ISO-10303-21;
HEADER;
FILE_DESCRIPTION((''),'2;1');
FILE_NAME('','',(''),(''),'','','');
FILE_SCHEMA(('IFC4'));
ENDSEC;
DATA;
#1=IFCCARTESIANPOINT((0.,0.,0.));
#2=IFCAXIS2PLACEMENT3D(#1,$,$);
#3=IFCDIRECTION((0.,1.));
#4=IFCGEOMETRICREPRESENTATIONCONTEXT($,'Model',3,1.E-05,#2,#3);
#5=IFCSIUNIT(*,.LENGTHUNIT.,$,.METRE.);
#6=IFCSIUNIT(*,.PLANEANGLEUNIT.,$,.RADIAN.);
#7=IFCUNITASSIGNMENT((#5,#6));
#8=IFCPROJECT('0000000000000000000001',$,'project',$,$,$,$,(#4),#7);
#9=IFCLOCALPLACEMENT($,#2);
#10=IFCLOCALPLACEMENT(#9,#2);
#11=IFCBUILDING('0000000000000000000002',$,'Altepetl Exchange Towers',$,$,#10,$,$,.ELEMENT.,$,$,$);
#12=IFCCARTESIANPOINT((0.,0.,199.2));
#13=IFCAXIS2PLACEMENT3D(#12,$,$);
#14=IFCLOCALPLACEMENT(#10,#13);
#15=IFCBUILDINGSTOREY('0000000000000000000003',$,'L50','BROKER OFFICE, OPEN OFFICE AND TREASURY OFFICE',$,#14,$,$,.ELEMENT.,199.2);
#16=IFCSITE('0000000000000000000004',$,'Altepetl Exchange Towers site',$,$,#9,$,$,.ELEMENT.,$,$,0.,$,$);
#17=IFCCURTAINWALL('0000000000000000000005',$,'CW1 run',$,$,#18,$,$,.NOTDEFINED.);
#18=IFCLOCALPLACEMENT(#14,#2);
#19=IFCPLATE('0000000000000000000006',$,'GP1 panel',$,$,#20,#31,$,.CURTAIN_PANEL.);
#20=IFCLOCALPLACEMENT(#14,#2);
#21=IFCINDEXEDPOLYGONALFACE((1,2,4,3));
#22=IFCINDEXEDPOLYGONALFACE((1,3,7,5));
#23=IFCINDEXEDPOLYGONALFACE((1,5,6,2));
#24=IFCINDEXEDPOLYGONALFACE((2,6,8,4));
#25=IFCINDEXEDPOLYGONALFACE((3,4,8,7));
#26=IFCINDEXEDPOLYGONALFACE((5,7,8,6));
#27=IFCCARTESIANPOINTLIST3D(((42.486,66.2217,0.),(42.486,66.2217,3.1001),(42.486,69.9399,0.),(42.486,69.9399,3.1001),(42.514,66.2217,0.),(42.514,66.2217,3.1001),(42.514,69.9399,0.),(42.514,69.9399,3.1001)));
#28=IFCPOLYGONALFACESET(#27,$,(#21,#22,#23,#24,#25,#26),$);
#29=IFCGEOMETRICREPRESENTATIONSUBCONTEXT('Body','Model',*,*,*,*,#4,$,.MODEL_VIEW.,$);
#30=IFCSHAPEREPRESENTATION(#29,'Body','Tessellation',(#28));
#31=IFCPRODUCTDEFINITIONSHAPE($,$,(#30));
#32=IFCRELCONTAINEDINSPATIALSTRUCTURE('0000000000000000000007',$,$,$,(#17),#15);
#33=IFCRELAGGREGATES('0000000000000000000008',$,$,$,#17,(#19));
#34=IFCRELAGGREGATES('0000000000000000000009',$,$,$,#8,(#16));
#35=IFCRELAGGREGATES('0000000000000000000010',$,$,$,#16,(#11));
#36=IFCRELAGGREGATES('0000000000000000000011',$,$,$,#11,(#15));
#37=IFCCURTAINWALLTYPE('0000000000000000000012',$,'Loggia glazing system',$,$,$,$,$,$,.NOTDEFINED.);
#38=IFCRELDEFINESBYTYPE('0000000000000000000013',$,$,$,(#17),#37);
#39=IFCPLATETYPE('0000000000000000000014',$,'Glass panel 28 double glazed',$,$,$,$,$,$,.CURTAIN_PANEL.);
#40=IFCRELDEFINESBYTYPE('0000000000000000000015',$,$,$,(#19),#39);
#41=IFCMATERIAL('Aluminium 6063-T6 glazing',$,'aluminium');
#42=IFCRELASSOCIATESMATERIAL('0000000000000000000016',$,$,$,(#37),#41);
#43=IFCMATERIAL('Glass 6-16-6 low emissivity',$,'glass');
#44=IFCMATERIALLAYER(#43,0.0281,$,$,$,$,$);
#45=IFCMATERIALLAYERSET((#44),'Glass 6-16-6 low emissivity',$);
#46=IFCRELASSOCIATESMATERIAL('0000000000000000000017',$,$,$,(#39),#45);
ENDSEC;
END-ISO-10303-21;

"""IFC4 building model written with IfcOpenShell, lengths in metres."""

from ifc_helpers import new_model, si_unit, direction, frame, origin, origin_2d, place, context, subcontext, project, spatial, rectangle, extrude, material, layer, layer_set, type_object, element, aggregate, save


model = new_model("IFC4")

# Units and contexts
model_context = context("Model", 3, precision=1e-05, world=origin(), true_north=direction((0.0, 1.0)))
body_context = subcontext(model_context, "Body", "Model", "MODEL_VIEW")
ifc_project = project(units=[si_unit("LENGTHUNIT", "METRE"), si_unit("PLANEANGLEUNIT", "RADIAN")], contexts=[model_context])

# Site, building, storey
site_placement = place(None, origin())
site = spatial("IfcSite", under=ifc_project, at=site_placement, Name="Altepetl Exchange Towers site", CompositionType="ELEMENT", RefElevation=0.0)
building_placement = place(site_placement, origin())
building = spatial("IfcBuilding", under=site, at=building_placement, Name="Altepetl Exchange Towers", CompositionType="ELEMENT")
storey_placement = place(building_placement, frame((0.0, 0.0, 199.2)))
storey = spatial("IfcBuildingStorey", under=building, at=storey_placement, Name="L50", Description="BROKER OFFICE, OPEN OFFICE AND TREASURY OFFICE", CompositionType="ELEMENT", Elevation=199.2)

# Curtain wall
ifc_material_1 = material(Name="Aluminium 6063-T6 glazing", Category="aluminium")
curtain_wall_type = type_object("IfcCurtainWallType", Name="Loggia glazing system", PredefinedType="NOTDEFINED", material=ifc_material_1)
curtain_wall_1_placement = place(storey_placement, origin())
curtain_wall_1 = element("IfcCurtainWall", 1, at=curtain_wall_1_placement, inside=storey, type_object=curtain_wall_type, Name="CW1 run", PredefinedType="NOTDEFINED")

# Plate
ifc_material_2 = material(Name="Glass 6-16-6 low emissivity", Category="glass")
ifc_layer = layer(ifc_material_2, 0.0281)
ifc_layer_set = layer_set([ifc_layer], Name="Glass 6-16-6 low emissivity")
plate_type = type_object("IfcPlateType", Name="Glass panel 28 double glazed", PredefinedType="CURTAIN_PANEL", material=ifc_layer_set)
plate_1_placement = place(storey_placement, frame((42.5, 68.0808, 0.0), z_axis=(0.0, 0.0, 1.0), x_axis=(0.0, -1.0, 0.0)))
plate_1 = element("IfcPlate", 2, at=plate_1_placement, type_object=plate_type, Name="GP1 panel", PredefinedType="CURTAIN_PANEL", context=body_context, shape_type="SweptSolid", body=[
    extrude(rectangle(XDim=3.7183, YDim=0.0281, at=origin_2d()), origin(), (0.0, 0.0, 1.0), 3.1001),
])
aggregate(curtain_wall_1, [plate_1])

save(model, "model.ifc")
